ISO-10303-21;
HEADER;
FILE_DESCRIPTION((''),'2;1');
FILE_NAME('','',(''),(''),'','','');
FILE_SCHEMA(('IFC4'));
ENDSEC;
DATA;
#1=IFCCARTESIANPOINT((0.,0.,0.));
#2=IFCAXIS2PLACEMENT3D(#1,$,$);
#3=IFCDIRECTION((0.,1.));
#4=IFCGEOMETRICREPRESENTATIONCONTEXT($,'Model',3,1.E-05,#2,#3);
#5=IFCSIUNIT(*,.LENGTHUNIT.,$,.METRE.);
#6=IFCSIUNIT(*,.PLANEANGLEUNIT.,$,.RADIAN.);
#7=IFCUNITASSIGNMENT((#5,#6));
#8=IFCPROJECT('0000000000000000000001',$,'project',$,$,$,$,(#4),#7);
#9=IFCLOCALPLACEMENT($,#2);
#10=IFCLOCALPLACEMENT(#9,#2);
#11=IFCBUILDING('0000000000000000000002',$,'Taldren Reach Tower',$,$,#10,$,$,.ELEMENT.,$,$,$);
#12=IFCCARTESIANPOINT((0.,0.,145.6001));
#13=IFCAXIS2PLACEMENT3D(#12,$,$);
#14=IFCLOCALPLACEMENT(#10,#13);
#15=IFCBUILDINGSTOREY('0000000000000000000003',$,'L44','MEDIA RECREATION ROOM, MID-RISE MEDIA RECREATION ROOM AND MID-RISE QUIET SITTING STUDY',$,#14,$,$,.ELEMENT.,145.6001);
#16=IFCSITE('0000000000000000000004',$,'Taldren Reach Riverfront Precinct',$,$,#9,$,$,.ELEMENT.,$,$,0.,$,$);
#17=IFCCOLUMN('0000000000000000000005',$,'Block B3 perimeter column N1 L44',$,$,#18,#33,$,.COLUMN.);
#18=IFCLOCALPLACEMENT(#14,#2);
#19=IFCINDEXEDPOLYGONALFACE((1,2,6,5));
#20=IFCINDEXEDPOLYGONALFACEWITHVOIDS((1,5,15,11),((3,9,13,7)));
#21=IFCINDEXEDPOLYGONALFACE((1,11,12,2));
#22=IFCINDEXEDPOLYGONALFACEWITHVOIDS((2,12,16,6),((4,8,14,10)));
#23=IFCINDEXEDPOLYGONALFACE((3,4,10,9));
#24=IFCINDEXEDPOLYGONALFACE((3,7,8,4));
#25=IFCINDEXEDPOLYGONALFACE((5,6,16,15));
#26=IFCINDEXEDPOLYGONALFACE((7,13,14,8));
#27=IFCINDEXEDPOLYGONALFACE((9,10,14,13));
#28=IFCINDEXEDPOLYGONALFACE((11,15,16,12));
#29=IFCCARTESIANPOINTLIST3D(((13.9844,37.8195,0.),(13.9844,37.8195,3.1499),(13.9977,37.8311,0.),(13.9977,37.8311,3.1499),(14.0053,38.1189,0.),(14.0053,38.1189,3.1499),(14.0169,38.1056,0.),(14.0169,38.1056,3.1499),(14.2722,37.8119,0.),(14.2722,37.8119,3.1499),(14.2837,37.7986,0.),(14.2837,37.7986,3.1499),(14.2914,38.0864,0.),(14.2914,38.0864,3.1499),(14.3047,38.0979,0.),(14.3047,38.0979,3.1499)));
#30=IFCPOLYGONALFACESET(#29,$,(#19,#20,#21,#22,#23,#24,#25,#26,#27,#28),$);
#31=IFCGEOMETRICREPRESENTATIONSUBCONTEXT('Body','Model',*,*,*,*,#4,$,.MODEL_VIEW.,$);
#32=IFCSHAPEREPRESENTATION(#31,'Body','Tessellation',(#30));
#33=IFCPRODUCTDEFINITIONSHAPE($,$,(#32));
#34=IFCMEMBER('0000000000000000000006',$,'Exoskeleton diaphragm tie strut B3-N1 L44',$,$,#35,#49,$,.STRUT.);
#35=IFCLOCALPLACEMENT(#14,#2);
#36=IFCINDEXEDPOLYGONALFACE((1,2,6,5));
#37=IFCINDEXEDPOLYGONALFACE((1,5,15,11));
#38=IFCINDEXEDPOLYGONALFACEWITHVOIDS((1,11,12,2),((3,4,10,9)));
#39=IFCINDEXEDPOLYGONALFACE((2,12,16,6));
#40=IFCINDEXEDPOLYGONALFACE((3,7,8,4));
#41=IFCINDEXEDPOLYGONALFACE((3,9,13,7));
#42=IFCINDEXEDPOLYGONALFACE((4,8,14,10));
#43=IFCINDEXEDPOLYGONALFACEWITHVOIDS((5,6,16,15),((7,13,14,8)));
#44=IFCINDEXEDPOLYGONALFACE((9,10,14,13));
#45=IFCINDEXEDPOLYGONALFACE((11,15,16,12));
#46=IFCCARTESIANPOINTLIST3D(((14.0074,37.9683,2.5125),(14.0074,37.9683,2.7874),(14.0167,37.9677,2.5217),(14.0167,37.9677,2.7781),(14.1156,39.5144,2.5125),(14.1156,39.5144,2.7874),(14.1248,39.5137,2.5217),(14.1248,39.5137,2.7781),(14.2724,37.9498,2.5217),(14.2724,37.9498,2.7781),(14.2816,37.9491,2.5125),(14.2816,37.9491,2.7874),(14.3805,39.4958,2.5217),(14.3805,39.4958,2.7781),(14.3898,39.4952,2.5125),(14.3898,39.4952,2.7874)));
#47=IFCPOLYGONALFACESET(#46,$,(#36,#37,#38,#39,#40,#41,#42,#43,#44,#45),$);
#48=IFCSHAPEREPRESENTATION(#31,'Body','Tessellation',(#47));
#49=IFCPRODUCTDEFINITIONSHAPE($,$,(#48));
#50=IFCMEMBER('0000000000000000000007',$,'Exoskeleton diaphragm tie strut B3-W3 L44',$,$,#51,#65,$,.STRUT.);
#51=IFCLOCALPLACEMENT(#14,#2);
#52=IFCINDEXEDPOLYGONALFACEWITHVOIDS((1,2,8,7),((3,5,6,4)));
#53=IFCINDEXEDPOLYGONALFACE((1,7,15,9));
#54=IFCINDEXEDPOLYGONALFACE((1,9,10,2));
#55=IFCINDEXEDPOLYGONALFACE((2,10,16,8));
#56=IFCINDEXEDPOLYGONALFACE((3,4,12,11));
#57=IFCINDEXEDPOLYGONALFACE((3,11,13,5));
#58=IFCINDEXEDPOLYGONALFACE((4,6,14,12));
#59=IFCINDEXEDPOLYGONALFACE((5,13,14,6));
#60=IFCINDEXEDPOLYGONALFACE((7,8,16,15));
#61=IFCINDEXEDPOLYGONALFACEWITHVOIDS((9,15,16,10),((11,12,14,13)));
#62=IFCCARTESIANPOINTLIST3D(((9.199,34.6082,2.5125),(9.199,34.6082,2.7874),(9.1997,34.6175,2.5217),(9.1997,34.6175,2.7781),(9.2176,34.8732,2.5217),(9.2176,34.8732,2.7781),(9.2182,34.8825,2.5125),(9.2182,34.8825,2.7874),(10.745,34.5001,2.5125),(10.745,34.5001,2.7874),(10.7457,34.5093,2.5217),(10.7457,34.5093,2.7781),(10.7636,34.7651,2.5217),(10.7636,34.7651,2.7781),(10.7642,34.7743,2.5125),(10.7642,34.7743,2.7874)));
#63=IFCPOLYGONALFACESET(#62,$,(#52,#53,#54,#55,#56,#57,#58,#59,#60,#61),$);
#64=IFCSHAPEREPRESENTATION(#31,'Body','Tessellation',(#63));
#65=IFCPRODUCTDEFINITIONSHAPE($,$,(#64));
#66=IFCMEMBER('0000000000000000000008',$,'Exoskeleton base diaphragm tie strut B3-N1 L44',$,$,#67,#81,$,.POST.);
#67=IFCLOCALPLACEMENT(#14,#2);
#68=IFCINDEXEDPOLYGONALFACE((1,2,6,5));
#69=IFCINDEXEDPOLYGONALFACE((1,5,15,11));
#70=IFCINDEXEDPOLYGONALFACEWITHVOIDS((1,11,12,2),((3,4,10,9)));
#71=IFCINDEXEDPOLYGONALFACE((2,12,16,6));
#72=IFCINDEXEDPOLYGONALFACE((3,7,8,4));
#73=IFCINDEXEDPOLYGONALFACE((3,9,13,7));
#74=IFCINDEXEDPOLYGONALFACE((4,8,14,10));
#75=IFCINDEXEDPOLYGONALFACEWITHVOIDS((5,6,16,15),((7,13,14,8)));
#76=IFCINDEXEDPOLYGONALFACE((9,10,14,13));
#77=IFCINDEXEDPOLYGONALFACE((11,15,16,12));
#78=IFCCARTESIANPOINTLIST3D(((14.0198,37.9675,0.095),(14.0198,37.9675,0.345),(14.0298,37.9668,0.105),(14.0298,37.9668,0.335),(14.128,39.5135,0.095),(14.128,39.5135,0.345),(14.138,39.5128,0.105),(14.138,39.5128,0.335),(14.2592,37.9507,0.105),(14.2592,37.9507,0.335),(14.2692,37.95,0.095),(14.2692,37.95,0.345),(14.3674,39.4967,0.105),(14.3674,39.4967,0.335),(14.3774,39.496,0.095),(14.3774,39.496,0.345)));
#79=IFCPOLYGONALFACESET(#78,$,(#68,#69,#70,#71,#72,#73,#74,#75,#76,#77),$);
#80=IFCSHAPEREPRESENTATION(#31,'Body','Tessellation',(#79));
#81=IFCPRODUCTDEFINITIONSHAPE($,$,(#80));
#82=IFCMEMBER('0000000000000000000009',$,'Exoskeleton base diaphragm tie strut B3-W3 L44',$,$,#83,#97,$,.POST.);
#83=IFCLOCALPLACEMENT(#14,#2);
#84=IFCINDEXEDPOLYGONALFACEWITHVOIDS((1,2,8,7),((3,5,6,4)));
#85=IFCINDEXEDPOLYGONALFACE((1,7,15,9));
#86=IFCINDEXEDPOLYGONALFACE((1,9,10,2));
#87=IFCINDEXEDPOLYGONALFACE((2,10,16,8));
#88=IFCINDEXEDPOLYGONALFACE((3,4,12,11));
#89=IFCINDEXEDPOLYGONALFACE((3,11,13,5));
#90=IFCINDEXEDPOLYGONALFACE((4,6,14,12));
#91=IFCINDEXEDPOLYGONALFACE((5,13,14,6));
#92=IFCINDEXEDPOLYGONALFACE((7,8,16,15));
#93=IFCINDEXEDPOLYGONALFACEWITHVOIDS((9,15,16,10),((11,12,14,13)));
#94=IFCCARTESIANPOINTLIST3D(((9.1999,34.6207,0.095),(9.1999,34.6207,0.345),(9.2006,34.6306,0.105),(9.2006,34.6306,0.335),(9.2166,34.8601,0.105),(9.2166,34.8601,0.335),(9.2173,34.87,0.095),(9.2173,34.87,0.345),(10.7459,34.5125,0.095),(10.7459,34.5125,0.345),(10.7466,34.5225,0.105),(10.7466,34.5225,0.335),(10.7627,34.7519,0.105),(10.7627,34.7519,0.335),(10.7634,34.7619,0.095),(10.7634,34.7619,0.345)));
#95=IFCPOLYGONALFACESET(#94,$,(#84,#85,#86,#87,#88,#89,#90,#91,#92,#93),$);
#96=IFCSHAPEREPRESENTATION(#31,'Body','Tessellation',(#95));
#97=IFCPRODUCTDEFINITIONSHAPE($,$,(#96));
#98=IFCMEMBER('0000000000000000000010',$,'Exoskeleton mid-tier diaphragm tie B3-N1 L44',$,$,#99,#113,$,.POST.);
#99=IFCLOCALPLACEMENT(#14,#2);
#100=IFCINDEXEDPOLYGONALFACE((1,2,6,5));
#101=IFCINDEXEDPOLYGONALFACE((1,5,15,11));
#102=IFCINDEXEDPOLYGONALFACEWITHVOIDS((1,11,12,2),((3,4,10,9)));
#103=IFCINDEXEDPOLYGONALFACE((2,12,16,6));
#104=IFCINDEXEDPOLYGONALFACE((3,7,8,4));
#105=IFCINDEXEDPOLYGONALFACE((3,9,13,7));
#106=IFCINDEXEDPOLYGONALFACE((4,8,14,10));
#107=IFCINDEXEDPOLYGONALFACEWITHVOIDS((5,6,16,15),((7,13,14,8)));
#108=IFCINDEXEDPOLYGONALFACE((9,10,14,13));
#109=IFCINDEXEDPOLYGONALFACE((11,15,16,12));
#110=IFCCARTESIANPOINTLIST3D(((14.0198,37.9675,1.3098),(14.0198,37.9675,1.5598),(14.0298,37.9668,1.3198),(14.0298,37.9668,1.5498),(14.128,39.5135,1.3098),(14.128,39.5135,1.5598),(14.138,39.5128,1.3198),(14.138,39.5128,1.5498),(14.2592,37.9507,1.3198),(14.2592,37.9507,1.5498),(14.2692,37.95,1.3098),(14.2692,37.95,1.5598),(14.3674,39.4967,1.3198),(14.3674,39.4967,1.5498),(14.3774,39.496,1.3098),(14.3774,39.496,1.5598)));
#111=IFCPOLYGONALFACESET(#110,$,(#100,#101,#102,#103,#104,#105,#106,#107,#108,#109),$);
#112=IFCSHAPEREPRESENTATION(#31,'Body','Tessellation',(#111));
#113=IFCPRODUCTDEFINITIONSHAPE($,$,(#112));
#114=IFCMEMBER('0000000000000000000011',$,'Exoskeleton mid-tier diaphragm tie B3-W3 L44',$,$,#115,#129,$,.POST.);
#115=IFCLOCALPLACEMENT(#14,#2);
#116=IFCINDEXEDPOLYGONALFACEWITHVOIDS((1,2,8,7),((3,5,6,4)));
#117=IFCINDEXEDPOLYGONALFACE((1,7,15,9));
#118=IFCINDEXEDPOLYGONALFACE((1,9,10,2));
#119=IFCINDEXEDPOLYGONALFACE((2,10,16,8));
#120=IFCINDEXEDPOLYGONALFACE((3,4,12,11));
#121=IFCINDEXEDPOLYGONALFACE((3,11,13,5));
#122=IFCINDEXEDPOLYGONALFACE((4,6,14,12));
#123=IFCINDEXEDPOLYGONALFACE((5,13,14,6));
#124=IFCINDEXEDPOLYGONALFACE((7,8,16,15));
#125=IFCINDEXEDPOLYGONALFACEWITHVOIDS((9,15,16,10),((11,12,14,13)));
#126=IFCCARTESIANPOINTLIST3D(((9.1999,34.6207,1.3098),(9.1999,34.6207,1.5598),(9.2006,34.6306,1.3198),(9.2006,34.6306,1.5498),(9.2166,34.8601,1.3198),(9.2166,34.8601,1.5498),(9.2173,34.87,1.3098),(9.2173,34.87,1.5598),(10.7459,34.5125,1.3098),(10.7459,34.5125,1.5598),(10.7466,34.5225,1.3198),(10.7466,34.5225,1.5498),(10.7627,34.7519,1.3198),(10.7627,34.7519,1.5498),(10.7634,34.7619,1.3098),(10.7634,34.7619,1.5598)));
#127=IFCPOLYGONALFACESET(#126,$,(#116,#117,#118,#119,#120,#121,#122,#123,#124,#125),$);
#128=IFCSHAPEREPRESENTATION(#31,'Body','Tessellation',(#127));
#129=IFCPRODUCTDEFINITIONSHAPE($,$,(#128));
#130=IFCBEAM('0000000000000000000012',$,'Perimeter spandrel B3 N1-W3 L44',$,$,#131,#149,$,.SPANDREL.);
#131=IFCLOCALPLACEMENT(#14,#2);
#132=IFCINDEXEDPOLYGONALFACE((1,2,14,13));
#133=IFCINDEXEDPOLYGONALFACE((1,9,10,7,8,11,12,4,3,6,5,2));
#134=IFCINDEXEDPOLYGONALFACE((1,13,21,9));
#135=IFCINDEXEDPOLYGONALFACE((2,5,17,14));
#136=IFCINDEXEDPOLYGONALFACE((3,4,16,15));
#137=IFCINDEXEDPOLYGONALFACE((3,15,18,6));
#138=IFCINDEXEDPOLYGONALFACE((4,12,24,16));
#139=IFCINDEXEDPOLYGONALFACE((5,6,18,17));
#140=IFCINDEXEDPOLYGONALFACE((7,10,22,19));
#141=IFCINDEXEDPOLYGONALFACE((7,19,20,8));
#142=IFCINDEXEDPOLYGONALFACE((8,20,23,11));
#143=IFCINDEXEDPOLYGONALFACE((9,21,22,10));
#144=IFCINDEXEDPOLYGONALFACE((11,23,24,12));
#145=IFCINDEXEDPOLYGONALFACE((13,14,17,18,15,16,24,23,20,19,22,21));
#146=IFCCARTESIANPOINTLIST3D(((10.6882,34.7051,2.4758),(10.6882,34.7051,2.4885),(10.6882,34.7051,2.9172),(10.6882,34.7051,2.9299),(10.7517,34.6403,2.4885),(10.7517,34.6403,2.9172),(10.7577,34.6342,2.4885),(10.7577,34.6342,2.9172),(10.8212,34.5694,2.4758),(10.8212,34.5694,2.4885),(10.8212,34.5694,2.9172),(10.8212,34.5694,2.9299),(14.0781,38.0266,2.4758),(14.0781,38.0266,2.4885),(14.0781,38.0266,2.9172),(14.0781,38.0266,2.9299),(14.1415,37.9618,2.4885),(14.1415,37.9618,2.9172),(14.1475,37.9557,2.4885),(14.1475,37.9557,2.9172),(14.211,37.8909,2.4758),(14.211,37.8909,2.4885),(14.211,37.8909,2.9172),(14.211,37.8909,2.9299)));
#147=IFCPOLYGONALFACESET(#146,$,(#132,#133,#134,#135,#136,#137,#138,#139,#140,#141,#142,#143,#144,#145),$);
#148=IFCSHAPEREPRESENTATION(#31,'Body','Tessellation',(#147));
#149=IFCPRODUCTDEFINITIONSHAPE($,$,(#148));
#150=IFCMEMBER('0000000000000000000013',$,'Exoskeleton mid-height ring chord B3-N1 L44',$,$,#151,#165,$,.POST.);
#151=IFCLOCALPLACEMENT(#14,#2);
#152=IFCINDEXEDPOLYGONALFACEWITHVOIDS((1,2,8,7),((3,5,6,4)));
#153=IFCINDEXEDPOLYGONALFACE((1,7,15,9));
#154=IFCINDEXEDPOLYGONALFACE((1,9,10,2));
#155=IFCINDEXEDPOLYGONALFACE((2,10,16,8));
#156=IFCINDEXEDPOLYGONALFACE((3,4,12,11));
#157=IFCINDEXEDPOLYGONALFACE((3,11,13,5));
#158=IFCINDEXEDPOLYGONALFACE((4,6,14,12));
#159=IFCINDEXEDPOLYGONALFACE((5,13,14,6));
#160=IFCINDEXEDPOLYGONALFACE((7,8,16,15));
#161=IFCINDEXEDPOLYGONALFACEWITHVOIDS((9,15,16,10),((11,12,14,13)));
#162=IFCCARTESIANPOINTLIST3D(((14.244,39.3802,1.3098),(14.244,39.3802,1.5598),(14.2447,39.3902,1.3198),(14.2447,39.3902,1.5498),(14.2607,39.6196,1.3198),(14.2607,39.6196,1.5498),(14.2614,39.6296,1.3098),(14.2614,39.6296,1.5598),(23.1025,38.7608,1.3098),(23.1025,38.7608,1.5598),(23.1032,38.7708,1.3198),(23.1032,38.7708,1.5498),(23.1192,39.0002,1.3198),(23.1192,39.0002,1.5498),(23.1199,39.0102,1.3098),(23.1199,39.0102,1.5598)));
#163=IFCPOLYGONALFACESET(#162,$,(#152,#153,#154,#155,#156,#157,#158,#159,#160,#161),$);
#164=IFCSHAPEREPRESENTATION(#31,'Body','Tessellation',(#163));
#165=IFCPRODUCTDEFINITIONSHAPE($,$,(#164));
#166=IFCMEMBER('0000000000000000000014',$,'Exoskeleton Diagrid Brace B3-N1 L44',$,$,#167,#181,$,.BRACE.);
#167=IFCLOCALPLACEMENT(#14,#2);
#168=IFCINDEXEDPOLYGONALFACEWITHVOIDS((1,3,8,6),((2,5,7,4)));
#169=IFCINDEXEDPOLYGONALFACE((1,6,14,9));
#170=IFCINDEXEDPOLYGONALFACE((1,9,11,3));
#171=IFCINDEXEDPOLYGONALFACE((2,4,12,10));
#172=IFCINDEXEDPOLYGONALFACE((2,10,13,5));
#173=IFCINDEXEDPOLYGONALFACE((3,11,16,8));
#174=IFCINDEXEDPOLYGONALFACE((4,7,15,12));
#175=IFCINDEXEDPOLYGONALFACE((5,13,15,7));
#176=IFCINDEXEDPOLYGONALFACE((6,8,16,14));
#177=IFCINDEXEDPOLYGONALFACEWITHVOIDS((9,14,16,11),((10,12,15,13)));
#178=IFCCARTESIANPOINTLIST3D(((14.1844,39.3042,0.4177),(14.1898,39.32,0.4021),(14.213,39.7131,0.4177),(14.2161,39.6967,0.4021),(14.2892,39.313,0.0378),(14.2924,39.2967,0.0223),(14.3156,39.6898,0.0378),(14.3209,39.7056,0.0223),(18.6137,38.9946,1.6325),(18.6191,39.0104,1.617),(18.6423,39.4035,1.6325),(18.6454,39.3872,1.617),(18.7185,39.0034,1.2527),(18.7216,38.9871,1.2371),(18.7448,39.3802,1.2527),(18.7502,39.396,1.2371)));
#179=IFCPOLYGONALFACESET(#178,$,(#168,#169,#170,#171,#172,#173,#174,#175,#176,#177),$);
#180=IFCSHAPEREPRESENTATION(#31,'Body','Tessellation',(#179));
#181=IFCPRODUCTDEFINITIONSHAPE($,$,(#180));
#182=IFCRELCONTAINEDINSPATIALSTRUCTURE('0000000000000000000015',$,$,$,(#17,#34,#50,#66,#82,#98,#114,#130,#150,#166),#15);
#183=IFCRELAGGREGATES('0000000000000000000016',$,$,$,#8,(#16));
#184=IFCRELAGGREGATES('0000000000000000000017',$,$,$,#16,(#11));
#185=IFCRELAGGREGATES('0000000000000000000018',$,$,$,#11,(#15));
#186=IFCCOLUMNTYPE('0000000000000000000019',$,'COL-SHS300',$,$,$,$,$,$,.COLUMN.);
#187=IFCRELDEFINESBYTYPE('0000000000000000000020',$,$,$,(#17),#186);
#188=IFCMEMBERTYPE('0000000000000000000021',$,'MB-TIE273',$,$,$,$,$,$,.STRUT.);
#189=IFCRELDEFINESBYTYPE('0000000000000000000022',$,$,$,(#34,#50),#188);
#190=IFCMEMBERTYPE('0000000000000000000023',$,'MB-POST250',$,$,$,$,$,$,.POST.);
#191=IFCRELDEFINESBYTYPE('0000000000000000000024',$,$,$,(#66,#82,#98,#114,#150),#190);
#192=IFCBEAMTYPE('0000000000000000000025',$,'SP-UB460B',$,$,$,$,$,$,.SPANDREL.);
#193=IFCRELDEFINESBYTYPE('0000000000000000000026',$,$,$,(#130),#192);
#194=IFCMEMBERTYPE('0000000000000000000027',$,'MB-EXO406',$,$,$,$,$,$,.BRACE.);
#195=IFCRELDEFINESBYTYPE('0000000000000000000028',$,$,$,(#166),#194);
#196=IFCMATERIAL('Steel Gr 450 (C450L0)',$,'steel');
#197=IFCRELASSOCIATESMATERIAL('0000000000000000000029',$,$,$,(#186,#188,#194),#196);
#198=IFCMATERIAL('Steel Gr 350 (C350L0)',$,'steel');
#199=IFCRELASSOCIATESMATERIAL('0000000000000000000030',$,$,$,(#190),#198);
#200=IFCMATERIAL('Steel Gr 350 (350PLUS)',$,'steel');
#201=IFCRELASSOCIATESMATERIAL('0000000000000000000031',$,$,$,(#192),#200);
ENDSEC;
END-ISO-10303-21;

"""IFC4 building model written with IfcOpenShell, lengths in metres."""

from ifc_helpers import new_model, si_unit, direction, frame, origin, origin_2d, place, context, subcontext, project, spatial, hollow_rectangle, i_section, extrude, source, transform, mapped, material, material_profile, profile_set, type_object, element, save


model = new_model("IFC4")

# Units and contexts
model_context = context("Model", 3, precision=1e-05, world=origin(), true_north=direction((0.0, 1.0)))
body_context = subcontext(model_context, "Body", "Model", "MODEL_VIEW")
ifc_project = project(units=[si_unit("LENGTHUNIT", "METRE"), si_unit("PLANEANGLEUNIT", "RADIAN")], contexts=[model_context])

# Site, building, storey
site_placement = place(None, origin())
site = spatial("IfcSite", under=ifc_project, at=site_placement, Name="Taldren Reach Riverfront Precinct", CompositionType="ELEMENT", RefElevation=0.0)
building_placement = place(site_placement, origin())
building = spatial("IfcBuilding", under=site, at=building_placement, Name="Taldren Reach Tower", CompositionType="ELEMENT")
storey_placement = place(building_placement, frame((0.0, 0.0, 145.6001)))
storey = spatial("IfcBuildingStorey", under=building, at=storey_placement, Name="L44", Description="MEDIA RECREATION ROOM, MID-RISE MEDIA RECREATION ROOM AND MID-RISE QUIET SITTING STUDY", CompositionType="ELEMENT", Elevation=145.6001)

# Column
ifc_material_1 = material(Name="Steel Gr 450 (C450L0)", Category="steel")
ifc_material_profile_1 = material_profile(ifc_material_1, hollow_rectangle(XDim=0.3, YDim=0.3, WallThickness=0.0125, at=origin_2d()), Name="300x300x12.5SHS")
ifc_profile_set_1 = profile_set([ifc_material_profile_1], Name="Steel Gr 450 (C450L0)")
column_type = type_object("IfcColumnType", Name="COL-SHS300", PredefinedType="COLUMN", material=ifc_profile_set_1)
shared_shape_1 = source(origin(), body_context, "Body", "SweptSolid", [
    extrude(hollow_rectangle(XDim=0.3, YDim=0.3, WallThickness=0.0125, at=origin_2d()), origin(), (0.0, 0.0, 1.0), 3.1499),
])
column_placement = place(storey_placement, frame((14.1445, 37.9587, 0.0), z_axis=(0.0, 0.0, 1.0), x_axis=(0.997564, -0.069756, 0.0)))
element("IfcColumn", 1, at=column_placement, inside=storey, type_object=column_type, Name="Block B3 perimeter column N1 L44", PredefinedType="COLUMN", context=body_context, shape_type="MappedRepresentation", body=[
    mapped(shared_shape_1, transform((0.0, 0.0, 0.0), scale=1.0)),
])

# Members
ifc_material_profile_2 = material_profile(ifc_material_1, hollow_rectangle(XDim=0.2749, YDim=0.2749, WallThickness=0.0093, at=origin_2d()), Name="275x275x9.3SHS")
ifc_profile_set_2 = profile_set([ifc_material_profile_2], Name="Steel Gr 450 (C450L0)")
member_type_1 = type_object("IfcMemberType", Name="MB-TIE273", PredefinedType="STRUT", material=ifc_profile_set_2)
shared_shape_2 = source(origin(), body_context, "Body", "SweptSolid", [
    extrude(hollow_rectangle(XDim=0.2749, YDim=0.2749, WallThickness=0.0093, at=origin_2d()), origin(), (0.0, 0.0, 1.0), 1.5498),
])
for number, where, z_axis, x_axis, name in (
    (2, (14.1445, 37.9587, 2.6499), (0.069781, 0.997562, 0.0), (-0.997562, 0.069781, 0.0), "Exoskeleton diaphragm tie strut B3-N1 L44"),
    (3, (10.7546, 34.6372, 2.6499), (-0.997562, 0.069781, 0.0), (-0.069781, -0.997562, 0.0), "Exoskeleton diaphragm tie strut B3-W3 L44"),
):
    element("IfcMember", number, at=place(storey_placement, frame(where, z_axis=z_axis, x_axis=x_axis)), inside=storey, type_object=member_type_1, Name=name, PredefinedType="STRUT", context=body_context, shape_type="MappedRepresentation", body=[
        mapped(shared_shape_2, transform((0.0, 0.0, 0.0), scale=1.0)),
    ])
ifc_material_2 = material(Name="Steel Gr 350 (C350L0)", Category="steel")
ifc_material_profile_3 = material_profile(ifc_material_2, hollow_rectangle(XDim=0.25, YDim=0.25, WallThickness=0.01, at=origin_2d()), Name="250x250x10.0SHS")
ifc_profile_set_3 = profile_set([ifc_material_profile_3], Name="Steel Gr 350 (C350L0)")
member_type_2 = type_object("IfcMemberType", Name="MB-POST250", PredefinedType="POST", material=ifc_profile_set_3)
shared_shape_3 = source(origin(), body_context, "Body", "SweptSolid", [
    extrude(hollow_rectangle(XDim=0.25, YDim=0.25, WallThickness=0.01, at=origin_2d()), origin(), (0.0, 0.0, 1.0), 1.5498),
])
for number, where, z_axis, x_axis, name in (
    (4, (14.1445, 37.9587, 0.22), (0.069781, 0.997562, 0.0), (-0.997562, 0.069781, 0.0), "Exoskeleton base diaphragm tie strut B3-N1 L44"),
    (5, (10.7546, 34.6372, 0.22), (-0.997562, 0.069781, 0.0), (-0.069781, -0.997562, 0.0), "Exoskeleton base diaphragm tie strut B3-W3 L44"),
    (6, (14.1445, 37.9587, 1.4348), (0.069781, 0.997562, 0.0), (-0.997562, 0.069781, 0.0), "Exoskeleton mid-tier diaphragm tie B3-N1 L44"),
    (7, (10.7546, 34.6372, 1.4348), (-0.997562, 0.069781, 0.0), (-0.069781, -0.997562, 0.0), "Exoskeleton mid-tier diaphragm tie B3-W3 L44"),
):
    element("IfcMember", number, at=place(storey_placement, frame(where, z_axis=z_axis, x_axis=x_axis)), inside=storey, type_object=member_type_2, Name=name, PredefinedType="POST", context=body_context, shape_type="MappedRepresentation", body=[
        mapped(shared_shape_3, transform((0.0, 0.0, 0.0), scale=1.0)),
    ])

# Beam
ifc_material_3 = material(Name="Steel Gr 350 (350PLUS)", Category="steel")
ifc_material_profile_4 = material_profile(ifc_material_3, i_section(OverallWidth=0.1899, OverallDepth=0.4541, WebThickness=0.0085, FlangeThickness=0.0127, at=origin_2d()), Name="460UB67.1")
ifc_profile_set_4 = profile_set([ifc_material_profile_4], Name="Steel Gr 350 (350PLUS)")
beam_type = type_object("IfcBeamType", Name="SP-UB460B", PredefinedType="SPANDREL", material=ifc_profile_set_4)
shared_shape_4 = source(origin(), body_context, "Body", "SweptSolid", [
    extrude(i_section(OverallWidth=0.1899, OverallDepth=0.4541, WebThickness=0.0085, FlangeThickness=0.0127, at=origin_2d()), origin(), (0.0, 0.0, 1.0), 4.7458),
])
beam_placement = place(storey_placement, frame((14.1445, 37.9587, 2.7029), z_axis=(-0.714272, -0.699868, 0.0), x_axis=(0.699868, -0.714272, 0.0)))
element("IfcBeam", 8, at=beam_placement, inside=storey, type_object=beam_type, Name="Perimeter spandrel B3 N1-W3 L44", PredefinedType="SPANDREL", context=body_context, shape_type="MappedRepresentation", body=[
    mapped(shared_shape_4, transform((0.0, 0.0, 0.0), scale=1.0)),
])

# Members
shared_shape_5 = source(origin(), body_context, "Body", "SweptSolid", [
    extrude(hollow_rectangle(XDim=0.25, YDim=0.25, WallThickness=0.01, at=origin_2d()), origin(), (0.0, 0.0, 1.0), 8.8801),
])
member_1_placement = place(storey_placement, frame((14.2527, 39.5049, 1.4348), z_axis=(0.997564, -0.06975, 0.0), x_axis=(0.06975, 0.997564, 0.0)))
element("IfcMember", 9, at=member_1_placement, inside=storey, type_object=member_type_2, Name="Exoskeleton mid-height ring chord B3-N1 L44", PredefinedType="POST", context=body_context, shape_type="MappedRepresentation", body=[
    mapped(shared_shape_5, transform((0.0, 0.0, 0.0), scale=1.0)),
])
ifc_material_profile_5 = material_profile(ifc_material_1, hollow_rectangle(XDim=0.4099, YDim=0.4099, WallThickness=0.0161, at=origin_2d()), Name="410x410x16.0SHS")
ifc_profile_set_5 = profile_set([ifc_material_profile_5], Name="Steel Gr 450 (C450L0)")
member_type_3 = type_object("IfcMemberType", Name="MB-EXO406", PredefinedType="BRACE", material=ifc_profile_set_5)
shared_shape_6 = source(origin(), body_context, "Body", "SweptSolid", [
    extrude(hollow_rectangle(XDim=0.4099, YDim=0.4099, WallThickness=0.0161, at=origin_2d()), origin(), (0.0, 0.0, 1.0), 4.6033),
])
for number, where, z_axis, x_axis, name in (
    (10, (14.2527, 39.5049, 0.22), (0.962199, -0.067251, 0.263913), (0.069723, 0.997566, 0.0), "Exoskeleton Diagrid Brace B3-N1 L44"),
):
    element("IfcMember", number, at=place(storey_placement, frame(where, z_axis=z_axis, x_axis=x_axis)), inside=storey, type_object=member_type_3, Name=name, PredefinedType="BRACE", context=body_context, shape_type="MappedRepresentation", body=[
        mapped(shared_shape_6, transform((0.0, 0.0, 0.0), scale=1.0)),
    ])

save(model, "model.ifc")
